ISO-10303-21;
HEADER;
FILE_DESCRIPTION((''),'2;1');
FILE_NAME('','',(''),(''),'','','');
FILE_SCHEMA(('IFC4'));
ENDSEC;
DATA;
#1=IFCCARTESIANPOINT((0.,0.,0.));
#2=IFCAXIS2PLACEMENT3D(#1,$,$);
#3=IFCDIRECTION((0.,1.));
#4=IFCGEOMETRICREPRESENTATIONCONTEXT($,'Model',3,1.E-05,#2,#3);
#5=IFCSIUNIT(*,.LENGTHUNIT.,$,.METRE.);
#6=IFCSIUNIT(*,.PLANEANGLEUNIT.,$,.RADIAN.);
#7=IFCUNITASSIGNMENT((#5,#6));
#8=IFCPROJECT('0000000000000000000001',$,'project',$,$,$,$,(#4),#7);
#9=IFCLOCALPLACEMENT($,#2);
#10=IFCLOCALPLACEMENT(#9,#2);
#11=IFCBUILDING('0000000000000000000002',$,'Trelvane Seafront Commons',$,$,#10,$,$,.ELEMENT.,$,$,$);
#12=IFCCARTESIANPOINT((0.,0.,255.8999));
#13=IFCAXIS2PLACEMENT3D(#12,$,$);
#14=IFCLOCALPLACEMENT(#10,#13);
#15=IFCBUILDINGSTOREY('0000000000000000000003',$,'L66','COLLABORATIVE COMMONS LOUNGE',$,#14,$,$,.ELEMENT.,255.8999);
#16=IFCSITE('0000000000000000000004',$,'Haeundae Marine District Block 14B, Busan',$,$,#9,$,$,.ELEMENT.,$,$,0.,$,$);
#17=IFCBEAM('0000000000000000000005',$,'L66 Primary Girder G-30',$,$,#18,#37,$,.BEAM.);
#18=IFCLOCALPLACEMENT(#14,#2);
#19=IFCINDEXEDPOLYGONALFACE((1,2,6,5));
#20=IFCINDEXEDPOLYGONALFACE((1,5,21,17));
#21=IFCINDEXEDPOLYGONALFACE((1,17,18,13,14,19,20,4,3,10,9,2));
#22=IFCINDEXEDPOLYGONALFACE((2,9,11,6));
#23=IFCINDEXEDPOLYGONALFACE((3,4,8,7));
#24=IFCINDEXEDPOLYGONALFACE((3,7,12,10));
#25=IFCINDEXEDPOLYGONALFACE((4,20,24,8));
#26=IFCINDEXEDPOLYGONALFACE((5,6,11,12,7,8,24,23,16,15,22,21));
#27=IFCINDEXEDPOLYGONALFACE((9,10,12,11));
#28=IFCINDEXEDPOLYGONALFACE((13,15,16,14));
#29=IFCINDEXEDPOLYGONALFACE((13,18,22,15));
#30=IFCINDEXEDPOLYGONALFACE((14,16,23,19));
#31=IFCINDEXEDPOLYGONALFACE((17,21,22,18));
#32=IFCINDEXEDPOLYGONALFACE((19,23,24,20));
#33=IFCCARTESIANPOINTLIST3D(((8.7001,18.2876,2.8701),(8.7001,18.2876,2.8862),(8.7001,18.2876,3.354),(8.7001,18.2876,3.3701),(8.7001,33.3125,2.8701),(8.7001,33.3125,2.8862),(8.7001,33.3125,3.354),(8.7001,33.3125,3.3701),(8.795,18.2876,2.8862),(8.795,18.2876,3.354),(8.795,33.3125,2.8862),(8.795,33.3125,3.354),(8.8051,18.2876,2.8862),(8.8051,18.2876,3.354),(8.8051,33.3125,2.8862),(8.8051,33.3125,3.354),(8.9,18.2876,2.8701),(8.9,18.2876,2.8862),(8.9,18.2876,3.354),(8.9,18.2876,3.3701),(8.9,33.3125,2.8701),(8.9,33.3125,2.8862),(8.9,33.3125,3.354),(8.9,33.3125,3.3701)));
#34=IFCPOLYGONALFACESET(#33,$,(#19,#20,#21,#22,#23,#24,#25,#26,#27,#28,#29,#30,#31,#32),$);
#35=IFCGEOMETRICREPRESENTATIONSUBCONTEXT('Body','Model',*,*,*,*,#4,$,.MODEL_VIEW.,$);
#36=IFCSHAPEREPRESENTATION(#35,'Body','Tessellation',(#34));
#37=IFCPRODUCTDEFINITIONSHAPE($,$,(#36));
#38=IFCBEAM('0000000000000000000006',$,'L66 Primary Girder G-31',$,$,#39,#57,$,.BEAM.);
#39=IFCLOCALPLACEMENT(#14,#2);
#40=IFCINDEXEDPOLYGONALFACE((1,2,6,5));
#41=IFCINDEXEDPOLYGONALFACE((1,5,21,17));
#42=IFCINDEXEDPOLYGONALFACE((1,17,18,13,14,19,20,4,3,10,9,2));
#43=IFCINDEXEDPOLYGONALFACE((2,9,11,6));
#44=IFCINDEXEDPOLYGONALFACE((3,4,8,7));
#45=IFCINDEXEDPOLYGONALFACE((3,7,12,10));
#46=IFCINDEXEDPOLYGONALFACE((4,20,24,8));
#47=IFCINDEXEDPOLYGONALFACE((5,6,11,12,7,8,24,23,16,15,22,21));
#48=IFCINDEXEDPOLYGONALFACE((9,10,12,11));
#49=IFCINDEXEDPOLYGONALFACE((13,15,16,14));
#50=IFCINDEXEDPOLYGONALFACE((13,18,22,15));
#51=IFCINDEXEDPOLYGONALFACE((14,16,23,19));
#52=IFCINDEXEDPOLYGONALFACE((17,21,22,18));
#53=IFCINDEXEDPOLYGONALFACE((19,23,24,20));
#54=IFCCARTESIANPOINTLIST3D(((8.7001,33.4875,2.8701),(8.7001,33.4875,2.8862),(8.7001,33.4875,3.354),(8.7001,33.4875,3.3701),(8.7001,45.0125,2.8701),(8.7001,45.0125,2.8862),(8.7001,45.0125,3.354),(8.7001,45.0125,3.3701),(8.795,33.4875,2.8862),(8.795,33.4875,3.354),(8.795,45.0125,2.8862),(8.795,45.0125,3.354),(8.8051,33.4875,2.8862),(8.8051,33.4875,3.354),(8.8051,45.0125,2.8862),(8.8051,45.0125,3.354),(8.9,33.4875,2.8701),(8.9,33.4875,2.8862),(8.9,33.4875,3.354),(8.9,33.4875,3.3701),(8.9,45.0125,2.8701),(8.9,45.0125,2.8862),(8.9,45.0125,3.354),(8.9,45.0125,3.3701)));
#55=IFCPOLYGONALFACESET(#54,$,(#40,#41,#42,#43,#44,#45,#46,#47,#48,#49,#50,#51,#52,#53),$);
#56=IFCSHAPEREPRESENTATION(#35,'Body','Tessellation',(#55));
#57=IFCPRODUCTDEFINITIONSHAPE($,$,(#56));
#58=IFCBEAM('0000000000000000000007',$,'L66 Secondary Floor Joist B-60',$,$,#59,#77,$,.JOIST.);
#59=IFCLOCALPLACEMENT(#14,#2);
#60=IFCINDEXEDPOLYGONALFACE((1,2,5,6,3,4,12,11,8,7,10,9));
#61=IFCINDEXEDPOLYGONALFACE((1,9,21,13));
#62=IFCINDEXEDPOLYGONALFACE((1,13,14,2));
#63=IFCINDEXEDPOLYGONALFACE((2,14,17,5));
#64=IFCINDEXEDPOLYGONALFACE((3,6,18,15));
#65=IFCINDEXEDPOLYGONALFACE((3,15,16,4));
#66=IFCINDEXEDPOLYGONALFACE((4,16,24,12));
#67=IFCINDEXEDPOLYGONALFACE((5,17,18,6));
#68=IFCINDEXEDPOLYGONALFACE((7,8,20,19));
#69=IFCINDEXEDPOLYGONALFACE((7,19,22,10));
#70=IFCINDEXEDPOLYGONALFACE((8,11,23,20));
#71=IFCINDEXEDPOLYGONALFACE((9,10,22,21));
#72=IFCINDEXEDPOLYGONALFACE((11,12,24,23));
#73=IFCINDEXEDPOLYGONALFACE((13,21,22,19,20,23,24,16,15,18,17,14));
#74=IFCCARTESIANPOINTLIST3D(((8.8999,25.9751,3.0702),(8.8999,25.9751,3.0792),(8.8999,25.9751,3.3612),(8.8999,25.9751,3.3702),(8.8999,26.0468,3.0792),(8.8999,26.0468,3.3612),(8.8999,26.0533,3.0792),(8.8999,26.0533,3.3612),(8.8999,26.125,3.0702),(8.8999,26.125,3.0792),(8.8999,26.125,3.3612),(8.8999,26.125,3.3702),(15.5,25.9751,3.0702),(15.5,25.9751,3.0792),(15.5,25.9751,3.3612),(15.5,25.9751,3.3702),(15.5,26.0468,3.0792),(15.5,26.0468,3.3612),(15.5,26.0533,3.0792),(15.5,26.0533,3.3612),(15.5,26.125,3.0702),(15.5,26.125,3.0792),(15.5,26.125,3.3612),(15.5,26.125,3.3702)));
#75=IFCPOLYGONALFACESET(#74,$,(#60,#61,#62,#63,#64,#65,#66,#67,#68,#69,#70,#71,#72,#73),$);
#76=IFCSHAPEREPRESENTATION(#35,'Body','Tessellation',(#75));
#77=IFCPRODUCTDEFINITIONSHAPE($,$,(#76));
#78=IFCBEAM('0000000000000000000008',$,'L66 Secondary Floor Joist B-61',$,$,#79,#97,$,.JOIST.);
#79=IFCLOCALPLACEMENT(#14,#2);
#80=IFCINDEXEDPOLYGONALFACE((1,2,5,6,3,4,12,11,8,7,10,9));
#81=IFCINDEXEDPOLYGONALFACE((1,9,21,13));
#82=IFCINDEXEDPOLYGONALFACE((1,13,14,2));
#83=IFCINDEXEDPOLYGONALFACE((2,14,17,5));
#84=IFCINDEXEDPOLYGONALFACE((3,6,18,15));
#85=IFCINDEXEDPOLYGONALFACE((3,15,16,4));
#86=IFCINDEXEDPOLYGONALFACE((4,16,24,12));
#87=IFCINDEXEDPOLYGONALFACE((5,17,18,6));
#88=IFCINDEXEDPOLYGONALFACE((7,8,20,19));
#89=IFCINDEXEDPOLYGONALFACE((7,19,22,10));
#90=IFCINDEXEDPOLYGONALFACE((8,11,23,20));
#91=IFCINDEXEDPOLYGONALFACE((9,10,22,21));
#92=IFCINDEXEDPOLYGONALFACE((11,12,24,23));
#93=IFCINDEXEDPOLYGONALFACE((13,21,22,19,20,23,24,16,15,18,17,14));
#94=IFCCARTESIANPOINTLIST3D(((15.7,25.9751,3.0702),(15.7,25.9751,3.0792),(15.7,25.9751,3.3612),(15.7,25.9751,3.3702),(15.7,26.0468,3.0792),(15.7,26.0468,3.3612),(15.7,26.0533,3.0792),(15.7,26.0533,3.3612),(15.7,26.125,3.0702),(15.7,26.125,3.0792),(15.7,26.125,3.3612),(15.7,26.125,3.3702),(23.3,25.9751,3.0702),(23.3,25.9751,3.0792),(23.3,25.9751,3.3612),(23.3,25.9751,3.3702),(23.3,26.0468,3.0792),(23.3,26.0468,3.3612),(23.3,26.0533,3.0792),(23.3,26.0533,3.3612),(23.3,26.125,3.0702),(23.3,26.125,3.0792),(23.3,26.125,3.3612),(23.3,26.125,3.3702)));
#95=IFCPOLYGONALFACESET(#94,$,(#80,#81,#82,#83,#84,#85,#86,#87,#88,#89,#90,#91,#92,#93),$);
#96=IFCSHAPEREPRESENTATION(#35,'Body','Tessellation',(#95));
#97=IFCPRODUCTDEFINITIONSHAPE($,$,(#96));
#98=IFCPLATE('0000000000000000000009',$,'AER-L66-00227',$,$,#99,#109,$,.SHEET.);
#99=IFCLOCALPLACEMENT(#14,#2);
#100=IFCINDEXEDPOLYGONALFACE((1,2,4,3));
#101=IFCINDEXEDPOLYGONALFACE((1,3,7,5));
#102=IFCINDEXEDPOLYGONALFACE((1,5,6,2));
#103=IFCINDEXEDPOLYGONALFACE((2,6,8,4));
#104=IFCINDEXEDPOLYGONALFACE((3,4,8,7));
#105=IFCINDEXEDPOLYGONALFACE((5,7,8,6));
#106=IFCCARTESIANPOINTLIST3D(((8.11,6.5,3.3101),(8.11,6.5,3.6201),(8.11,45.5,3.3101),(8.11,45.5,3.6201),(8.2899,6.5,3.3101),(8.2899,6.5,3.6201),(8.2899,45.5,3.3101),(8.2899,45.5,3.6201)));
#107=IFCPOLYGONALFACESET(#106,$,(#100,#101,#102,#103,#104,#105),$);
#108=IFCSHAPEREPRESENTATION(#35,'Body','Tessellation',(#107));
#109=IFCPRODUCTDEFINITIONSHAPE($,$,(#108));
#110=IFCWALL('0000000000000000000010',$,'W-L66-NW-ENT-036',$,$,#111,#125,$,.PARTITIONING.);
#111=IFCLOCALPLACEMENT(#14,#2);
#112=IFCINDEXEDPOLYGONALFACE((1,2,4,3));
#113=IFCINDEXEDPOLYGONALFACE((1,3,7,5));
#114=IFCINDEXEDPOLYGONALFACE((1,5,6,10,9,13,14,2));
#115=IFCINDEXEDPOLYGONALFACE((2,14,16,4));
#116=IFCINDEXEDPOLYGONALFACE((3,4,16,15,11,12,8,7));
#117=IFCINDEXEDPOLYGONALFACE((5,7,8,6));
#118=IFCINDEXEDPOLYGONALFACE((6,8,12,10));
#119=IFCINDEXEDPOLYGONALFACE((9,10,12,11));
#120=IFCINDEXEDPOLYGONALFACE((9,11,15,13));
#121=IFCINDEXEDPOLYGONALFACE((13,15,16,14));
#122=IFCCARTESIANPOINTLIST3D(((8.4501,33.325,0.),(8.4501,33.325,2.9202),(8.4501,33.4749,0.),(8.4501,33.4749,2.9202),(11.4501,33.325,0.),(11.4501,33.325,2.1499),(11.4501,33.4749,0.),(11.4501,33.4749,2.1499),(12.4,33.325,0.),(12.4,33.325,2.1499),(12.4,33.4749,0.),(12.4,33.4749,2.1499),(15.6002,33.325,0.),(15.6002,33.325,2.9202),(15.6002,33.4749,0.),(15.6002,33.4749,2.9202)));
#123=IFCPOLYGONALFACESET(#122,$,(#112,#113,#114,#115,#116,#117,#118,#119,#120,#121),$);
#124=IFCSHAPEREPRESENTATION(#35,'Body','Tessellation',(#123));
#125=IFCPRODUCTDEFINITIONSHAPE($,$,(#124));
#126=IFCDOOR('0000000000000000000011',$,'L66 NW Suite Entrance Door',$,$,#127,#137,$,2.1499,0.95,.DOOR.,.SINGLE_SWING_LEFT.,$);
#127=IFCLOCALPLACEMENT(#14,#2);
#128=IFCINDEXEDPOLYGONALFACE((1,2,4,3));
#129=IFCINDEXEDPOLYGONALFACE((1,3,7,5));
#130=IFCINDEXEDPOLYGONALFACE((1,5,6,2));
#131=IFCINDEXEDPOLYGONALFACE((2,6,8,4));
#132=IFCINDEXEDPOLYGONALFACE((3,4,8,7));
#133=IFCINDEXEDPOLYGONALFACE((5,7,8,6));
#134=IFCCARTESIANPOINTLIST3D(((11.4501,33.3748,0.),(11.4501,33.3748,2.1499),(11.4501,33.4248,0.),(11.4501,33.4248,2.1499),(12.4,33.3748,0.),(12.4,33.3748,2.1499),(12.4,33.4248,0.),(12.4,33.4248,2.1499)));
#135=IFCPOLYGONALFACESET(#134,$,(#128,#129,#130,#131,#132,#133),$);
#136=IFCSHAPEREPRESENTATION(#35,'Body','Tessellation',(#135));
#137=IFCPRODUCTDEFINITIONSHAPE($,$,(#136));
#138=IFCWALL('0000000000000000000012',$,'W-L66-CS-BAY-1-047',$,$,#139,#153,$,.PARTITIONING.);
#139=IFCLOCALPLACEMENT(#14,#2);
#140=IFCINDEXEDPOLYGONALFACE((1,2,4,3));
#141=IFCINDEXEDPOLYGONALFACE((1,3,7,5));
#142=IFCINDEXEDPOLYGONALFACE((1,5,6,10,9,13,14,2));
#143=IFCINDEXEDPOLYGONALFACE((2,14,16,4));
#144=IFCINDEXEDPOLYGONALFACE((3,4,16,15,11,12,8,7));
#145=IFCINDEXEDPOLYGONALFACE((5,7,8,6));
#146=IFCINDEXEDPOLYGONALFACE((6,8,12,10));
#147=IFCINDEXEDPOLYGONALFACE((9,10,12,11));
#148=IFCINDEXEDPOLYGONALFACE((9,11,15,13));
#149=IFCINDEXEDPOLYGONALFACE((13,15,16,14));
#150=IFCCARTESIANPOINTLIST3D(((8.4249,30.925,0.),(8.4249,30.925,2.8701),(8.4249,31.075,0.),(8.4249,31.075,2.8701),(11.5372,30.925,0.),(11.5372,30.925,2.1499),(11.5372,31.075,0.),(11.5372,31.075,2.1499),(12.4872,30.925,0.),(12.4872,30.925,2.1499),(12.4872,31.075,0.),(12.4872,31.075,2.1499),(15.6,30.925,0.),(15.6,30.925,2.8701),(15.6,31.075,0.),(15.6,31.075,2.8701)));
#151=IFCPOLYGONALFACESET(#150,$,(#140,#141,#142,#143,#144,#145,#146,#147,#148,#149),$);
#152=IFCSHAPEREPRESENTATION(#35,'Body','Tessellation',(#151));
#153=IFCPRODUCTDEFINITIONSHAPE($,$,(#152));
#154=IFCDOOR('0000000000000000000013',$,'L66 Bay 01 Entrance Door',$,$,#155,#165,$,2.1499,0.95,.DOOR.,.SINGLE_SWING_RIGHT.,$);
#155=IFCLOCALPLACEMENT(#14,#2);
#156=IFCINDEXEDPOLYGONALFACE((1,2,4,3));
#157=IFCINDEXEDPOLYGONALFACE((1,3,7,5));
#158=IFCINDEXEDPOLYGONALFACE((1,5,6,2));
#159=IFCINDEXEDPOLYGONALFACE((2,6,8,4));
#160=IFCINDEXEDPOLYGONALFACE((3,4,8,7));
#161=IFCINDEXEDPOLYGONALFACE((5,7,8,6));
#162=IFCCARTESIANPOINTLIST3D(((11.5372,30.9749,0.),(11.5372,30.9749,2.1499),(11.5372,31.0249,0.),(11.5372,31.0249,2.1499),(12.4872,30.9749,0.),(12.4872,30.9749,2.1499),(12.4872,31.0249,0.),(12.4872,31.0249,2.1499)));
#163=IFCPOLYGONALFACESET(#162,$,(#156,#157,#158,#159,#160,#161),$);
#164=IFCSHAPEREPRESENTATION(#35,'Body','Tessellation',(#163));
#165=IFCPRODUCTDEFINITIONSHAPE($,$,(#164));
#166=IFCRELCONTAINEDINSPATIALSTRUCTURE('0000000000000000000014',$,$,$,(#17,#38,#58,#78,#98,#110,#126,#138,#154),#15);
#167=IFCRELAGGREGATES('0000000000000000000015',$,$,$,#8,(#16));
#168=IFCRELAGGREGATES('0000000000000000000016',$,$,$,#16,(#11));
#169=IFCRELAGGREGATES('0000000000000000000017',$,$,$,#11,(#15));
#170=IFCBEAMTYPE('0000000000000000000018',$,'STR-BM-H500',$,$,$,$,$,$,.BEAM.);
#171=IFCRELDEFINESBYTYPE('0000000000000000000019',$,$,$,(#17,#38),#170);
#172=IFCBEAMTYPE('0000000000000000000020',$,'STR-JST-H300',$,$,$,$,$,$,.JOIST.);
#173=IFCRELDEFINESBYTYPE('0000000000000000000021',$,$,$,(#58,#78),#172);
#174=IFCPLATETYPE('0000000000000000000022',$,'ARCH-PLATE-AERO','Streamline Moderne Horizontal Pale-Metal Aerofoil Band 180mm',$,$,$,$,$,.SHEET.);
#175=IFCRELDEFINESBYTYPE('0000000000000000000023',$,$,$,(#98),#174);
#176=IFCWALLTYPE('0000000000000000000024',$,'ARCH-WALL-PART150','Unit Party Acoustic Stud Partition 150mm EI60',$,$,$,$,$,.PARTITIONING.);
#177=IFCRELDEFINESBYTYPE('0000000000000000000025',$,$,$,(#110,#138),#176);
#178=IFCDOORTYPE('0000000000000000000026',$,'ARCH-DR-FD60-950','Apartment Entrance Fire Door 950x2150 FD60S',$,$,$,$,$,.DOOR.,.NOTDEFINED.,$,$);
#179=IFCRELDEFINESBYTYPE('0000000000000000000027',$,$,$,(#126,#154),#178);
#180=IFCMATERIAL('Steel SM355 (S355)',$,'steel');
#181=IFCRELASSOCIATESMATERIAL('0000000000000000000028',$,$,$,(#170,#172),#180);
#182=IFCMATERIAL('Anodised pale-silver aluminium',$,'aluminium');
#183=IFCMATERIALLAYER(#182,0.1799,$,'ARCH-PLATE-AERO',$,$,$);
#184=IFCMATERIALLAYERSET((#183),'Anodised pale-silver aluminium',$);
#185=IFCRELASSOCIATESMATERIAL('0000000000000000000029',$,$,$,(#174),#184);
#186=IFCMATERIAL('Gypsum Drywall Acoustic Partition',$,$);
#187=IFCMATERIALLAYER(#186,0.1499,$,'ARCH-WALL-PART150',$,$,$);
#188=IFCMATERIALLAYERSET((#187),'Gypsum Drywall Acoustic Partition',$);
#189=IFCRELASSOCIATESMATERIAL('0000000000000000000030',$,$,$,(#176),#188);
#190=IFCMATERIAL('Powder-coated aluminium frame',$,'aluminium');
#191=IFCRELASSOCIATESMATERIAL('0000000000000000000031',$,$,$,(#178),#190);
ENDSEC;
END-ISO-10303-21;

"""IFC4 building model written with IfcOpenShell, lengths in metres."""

from ifc_helpers import new_model, si_unit, direction, frame, frame_2d, origin, origin_2d, place, context, subcontext, project, spatial, rectangle, i_section, extrude, source, transform, mapped, material, layer, layer_set, material_profile, profile_set, type_object, element, fill, save


model = new_model("IFC4")

# Units and contexts
model_context = context("Model", 3, precision=1e-05, world=origin(), true_north=direction((0.0, 1.0)))
body_context = subcontext(model_context, "Body", "Model", "MODEL_VIEW")
ifc_project = project(units=[si_unit("LENGTHUNIT", "METRE"), si_unit("PLANEANGLEUNIT", "RADIAN")], contexts=[model_context])

# Site, building, storey
site_placement = place(None, origin())
site = spatial("IfcSite", under=ifc_project, at=site_placement, Name="Haeundae Marine District Block 14B, Busan", CompositionType="ELEMENT", RefElevation=0.0)
building_placement = place(site_placement, origin())
building = spatial("IfcBuilding", under=site, at=building_placement, Name="Trelvane Seafront Commons", CompositionType="ELEMENT")
storey_placement = place(building_placement, frame((0.0, 0.0, 255.8999)))
storey = spatial("IfcBuildingStorey", under=building, at=storey_placement, Name="L66", Description="COLLABORATIVE COMMONS LOUNGE", CompositionType="ELEMENT", Elevation=255.8999)

# Shared definitions
ifc_material_1 = material(Name="Steel SM355 (S355)", Category="steel")

# Beams
ifc_material_profile_1 = material_profile(ifc_material_1, i_section(OverallWidth=0.2, OverallDepth=0.5, WebThickness=0.01, FlangeThickness=0.0161, at=origin_2d()), Name="H-500x200x10x16")
ifc_profile_set_1 = profile_set([ifc_material_profile_1], Name="Steel SM355 (S355)")
beam_type_1 = type_object("IfcBeamType", Name="STR-BM-H500", PredefinedType="BEAM", material=ifc_profile_set_1)
shared_shape_1 = source(origin(), body_context, "Body", "SweptSolid", [
    extrude(i_section(OverallWidth=0.2, OverallDepth=0.5, WebThickness=0.01, FlangeThickness=0.0161, at=origin_2d()), origin(), (0.0, 0.0, 1.0), 15.0249),
])
beam_1_placement = place(storey_placement, frame((8.8, 18.2876, 3.1201), z_axis=(0.0, 1.0, 0.0), x_axis=(-1.0, 0.0, 0.0)))
element("IfcBeam", 1, at=beam_1_placement, inside=storey, type_object=beam_type_1, Name="L66 Primary Girder G-30", PredefinedType="BEAM", context=body_context, shape_type="MappedRepresentation", body=[
    mapped(shared_shape_1, transform((0.0, 0.0, 0.0), x_axis=(1.0, 0.0, 0.0), y_axis=(0.0, 1.0, 0.0), z_axis=(0.0, 0.0, 1.0), scale=1.0)),
])
shared_shape_2 = source(origin(), body_context, "Body", "SweptSolid", [
    extrude(i_section(OverallWidth=0.2, OverallDepth=0.5, WebThickness=0.01, FlangeThickness=0.0161, at=origin_2d()), origin(), (0.0, 0.0, 1.0), 11.5249),
])
beam_2_placement = place(storey_placement, frame((8.8, 33.4875, 3.1201), z_axis=(0.0, 1.0, 0.0), x_axis=(-1.0, 0.0, 0.0)))
element("IfcBeam", 2, at=beam_2_placement, inside=storey, type_object=beam_type_1, Name="L66 Primary Girder G-31", PredefinedType="BEAM", context=body_context, shape_type="MappedRepresentation", body=[
    mapped(shared_shape_2, transform((0.0, 0.0, 0.0), x_axis=(1.0, 0.0, 0.0), y_axis=(0.0, 1.0, 0.0), z_axis=(0.0, 0.0, 1.0), scale=1.0)),
])
ifc_material_profile_2 = material_profile(ifc_material_1, i_section(OverallWidth=0.1499, OverallDepth=0.3, WebThickness=0.0066, FlangeThickness=0.009, at=origin_2d()), Name="H-300x150x6.5x9")
ifc_profile_set_2 = profile_set([ifc_material_profile_2], Name="Steel SM355 (S355)")
beam_type_2 = type_object("IfcBeamType", Name="STR-JST-H300", PredefinedType="JOIST", material=ifc_profile_set_2)
shared_shape_3 = source(origin(), body_context, "Body", "SweptSolid", [
    extrude(i_section(OverallWidth=0.1499, OverallDepth=0.3, WebThickness=0.0066, FlangeThickness=0.009, at=origin_2d()), origin(), (0.0, 0.0, 1.0), 6.6001),
])
beam_3_placement = place(storey_placement, frame((8.8999, 26.05, 3.2202), z_axis=(1.0, 0.0, 0.0), x_axis=(0.0, 1.0, 0.0)))
element("IfcBeam", 3, at=beam_3_placement, inside=storey, type_object=beam_type_2, Name="L66 Secondary Floor Joist B-60", PredefinedType="JOIST", context=body_context, shape_type="MappedRepresentation", body=[
    mapped(shared_shape_3, transform((0.0, 0.0, 0.0), x_axis=(1.0, 0.0, 0.0), y_axis=(0.0, 1.0, 0.0), z_axis=(0.0, 0.0, 1.0), scale=1.0)),
])
shared_shape_4 = source(origin(), body_context, "Body", "SweptSolid", [
    extrude(i_section(OverallWidth=0.1499, OverallDepth=0.3, WebThickness=0.0066, FlangeThickness=0.009, at=origin_2d()), origin(), (0.0, 0.0, 1.0), 7.6001),
])
beam_4_placement = place(storey_placement, frame((15.7, 26.05, 3.2202), z_axis=(1.0, 0.0, 0.0), x_axis=(0.0, 1.0, 0.0)))
element("IfcBeam", 4, at=beam_4_placement, inside=storey, type_object=beam_type_2, Name="L66 Secondary Floor Joist B-61", PredefinedType="JOIST", context=body_context, shape_type="MappedRepresentation", body=[
    mapped(shared_shape_4, transform((0.0, 0.0, 0.0), x_axis=(1.0, 0.0, 0.0), y_axis=(0.0, 1.0, 0.0), z_axis=(0.0, 0.0, 1.0), scale=1.0)),
])

# Plate
ifc_material_2 = material(Name="Anodised pale-silver aluminium", Category="aluminium")
ifc_layer_1 = layer(ifc_material_2, 0.1799, Name="ARCH-PLATE-AERO")
ifc_layer_set_1 = layer_set([ifc_layer_1], Name="Anodised pale-silver aluminium")
plate_type = type_object("IfcPlateType", Name="ARCH-PLATE-AERO", Description="Streamline Moderne Horizontal Pale-Metal Aerofoil Band 180mm", PredefinedType="SHEET", material=ifc_layer_set_1)
shared_shape_5 = source(origin(), body_context, "Body", "SweptSolid", [
    extrude(rectangle(XDim=39.0, YDim=0.1799, at=origin_2d()), origin(), (0.0, 0.0, 1.0), 0.3101),
])
plate_placement = place(storey_placement, frame((8.2, 26.0, 3.3101), z_axis=(0.0, 0.0, 1.0), x_axis=(0.0, 1.0, 0.0)))
element("IfcPlate", 5, at=plate_placement, inside=storey, type_object=plate_type, Name="AER-L66-00227", PredefinedType="SHEET", context=body_context, shape_type="MappedRepresentation", body=[
    mapped(shared_shape_5, transform((0.0, 0.0, 0.0), x_axis=(1.0, 0.0, 0.0), y_axis=(0.0, 1.0, 0.0), z_axis=(0.0, 0.0, 1.0), scale=1.0)),
])

# Walls, openings, doors
ifc_material_3 = material(Name="Gypsum Drywall Acoustic Partition")
ifc_layer_2 = layer(ifc_material_3, 0.1499, Name="ARCH-WALL-PART150")
ifc_layer_set_2 = layer_set([ifc_layer_2], Name="Gypsum Drywall Acoustic Partition")
wall_type_1 = type_object("IfcWallType", Name="ARCH-WALL-PART150", Description="Unit Party Acoustic Stud Partition 150mm EI60", PredefinedType="PARTITIONING", material=ifc_layer_set_2)
wall_1_placement = place(storey_placement, frame((8.45, 33.3999, 0.0), z_axis=(0.0, 0.0, 1.0), x_axis=(1.0, 0.0, 0.0)))
wall_1 = element("IfcWall", 6, at=wall_1_placement, inside=storey, type_object=wall_type_1, Name="W-L66-NW-ENT-036", PredefinedType="PARTITIONING", context=body_context, shape_type="SweptSolid", body=[
    extrude(rectangle(XDim=7.1501, YDim=0.1499, at=frame_2d((3.5752, 0.0))), origin(), (0.0, 0.0, 1.0), 2.9202),
])
opening_1_placement = place(wall_1_placement, frame((3.0, 0.0, 0.0)))
opening_1 = element("IfcOpeningElement", 7, at=opening_1_placement, cuts=wall_1, PredefinedType="OPENING", context=body_context, shape_type="SweptSolid", body=[
    extrude(rectangle(XDim=0.95, YDim=2.1499, at=frame_2d((0.4751, 1.075))), frame((0.0, 0.085, 0.0), z_axis=(0.0, -1.0, 0.0), x_axis=(1.0, 0.0, 0.0)), (0.0, 0.0, 1.0), 0.1699),
])
ifc_material_4 = material(Name="Powder-coated aluminium frame", Category="aluminium")
door_type_1 = type_object("IfcDoorType", Name="ARCH-DR-FD60-950", Description="Apartment Entrance Fire Door 950x2150 FD60S", OperationType="NOTDEFINED", PredefinedType="DOOR", material=ifc_material_4)
shared_shape_6 = source(origin(), body_context, "Body", "SweptSolid", [
    extrude(rectangle(XDim=0.95, YDim=2.1499, at=frame_2d((0.4751, 1.075))), frame((0.0, 0.0249, 0.0), z_axis=(0.0, -1.0, 0.0), x_axis=(1.0, 0.0, 0.0)), (0.0, 0.0, 1.0), 0.05),
])
door_1_placement = place(opening_1_placement, origin())
door_1 = element("IfcDoor", 8, at=door_1_placement, inside=storey, type_object=door_type_1, Name="L66 NW Suite Entrance Door", OperationType="SINGLE_SWING_LEFT", OverallHeight=2.1499, OverallWidth=0.95, PredefinedType="DOOR", context=body_context, shape_type="MappedRepresentation", body=[
    mapped(shared_shape_6, transform((0.0, 0.0, 0.0), x_axis=(1.0, 0.0, 0.0), y_axis=(0.0, 1.0, 0.0), z_axis=(0.0, 0.0, 1.0), scale=1.0)),
])
fill(opening_1, door_1)
wall_2_placement = place(storey_placement, frame((8.425, 31.0, 0.0), z_axis=(0.0, 0.0, 1.0), x_axis=(1.0, 0.0, 0.0)))
wall_2 = element("IfcWall", 9, at=wall_2_placement, inside=storey, type_object=wall_type_1, Name="W-L66-CS-BAY-1-047", PredefinedType="PARTITIONING", context=body_context, shape_type="SweptSolid", body=[
    extrude(rectangle(XDim=7.175, YDim=0.1499, at=frame_2d((3.5874, 0.0))), origin(), (0.0, 0.0, 1.0), 2.8701),
])
opening_2_placement = place(wall_2_placement, frame((3.1121, 0.0, 0.0)))
opening_2 = element("IfcOpeningElement", 10, at=opening_2_placement, cuts=wall_2, PredefinedType="OPENING", context=body_context, shape_type="SweptSolid", body=[
    extrude(rectangle(XDim=0.95, YDim=2.1499, at=frame_2d((0.4751, 1.075))), frame((0.0, 0.085, 0.0), z_axis=(0.0, -1.0, 0.0), x_axis=(1.0, 0.0, 0.0)), (0.0, 0.0, 1.0), 0.1699),
])
door_2_placement = place(opening_2_placement, origin())
door_2 = element("IfcDoor", 11, at=door_2_placement, inside=storey, type_object=door_type_1, Name="L66 Bay 01 Entrance Door", OperationType="SINGLE_SWING_RIGHT", OverallHeight=2.1499, OverallWidth=0.95, PredefinedType="DOOR", context=body_context, shape_type="MappedRepresentation", body=[
    mapped(shared_shape_6, transform((0.0, 0.0, 0.0), x_axis=(1.0, 0.0, 0.0), y_axis=(0.0, 1.0, 0.0), z_axis=(0.0, 0.0, 1.0), scale=1.0)),
])
fill(opening_2, door_2)

save(model, "model.ifc")
